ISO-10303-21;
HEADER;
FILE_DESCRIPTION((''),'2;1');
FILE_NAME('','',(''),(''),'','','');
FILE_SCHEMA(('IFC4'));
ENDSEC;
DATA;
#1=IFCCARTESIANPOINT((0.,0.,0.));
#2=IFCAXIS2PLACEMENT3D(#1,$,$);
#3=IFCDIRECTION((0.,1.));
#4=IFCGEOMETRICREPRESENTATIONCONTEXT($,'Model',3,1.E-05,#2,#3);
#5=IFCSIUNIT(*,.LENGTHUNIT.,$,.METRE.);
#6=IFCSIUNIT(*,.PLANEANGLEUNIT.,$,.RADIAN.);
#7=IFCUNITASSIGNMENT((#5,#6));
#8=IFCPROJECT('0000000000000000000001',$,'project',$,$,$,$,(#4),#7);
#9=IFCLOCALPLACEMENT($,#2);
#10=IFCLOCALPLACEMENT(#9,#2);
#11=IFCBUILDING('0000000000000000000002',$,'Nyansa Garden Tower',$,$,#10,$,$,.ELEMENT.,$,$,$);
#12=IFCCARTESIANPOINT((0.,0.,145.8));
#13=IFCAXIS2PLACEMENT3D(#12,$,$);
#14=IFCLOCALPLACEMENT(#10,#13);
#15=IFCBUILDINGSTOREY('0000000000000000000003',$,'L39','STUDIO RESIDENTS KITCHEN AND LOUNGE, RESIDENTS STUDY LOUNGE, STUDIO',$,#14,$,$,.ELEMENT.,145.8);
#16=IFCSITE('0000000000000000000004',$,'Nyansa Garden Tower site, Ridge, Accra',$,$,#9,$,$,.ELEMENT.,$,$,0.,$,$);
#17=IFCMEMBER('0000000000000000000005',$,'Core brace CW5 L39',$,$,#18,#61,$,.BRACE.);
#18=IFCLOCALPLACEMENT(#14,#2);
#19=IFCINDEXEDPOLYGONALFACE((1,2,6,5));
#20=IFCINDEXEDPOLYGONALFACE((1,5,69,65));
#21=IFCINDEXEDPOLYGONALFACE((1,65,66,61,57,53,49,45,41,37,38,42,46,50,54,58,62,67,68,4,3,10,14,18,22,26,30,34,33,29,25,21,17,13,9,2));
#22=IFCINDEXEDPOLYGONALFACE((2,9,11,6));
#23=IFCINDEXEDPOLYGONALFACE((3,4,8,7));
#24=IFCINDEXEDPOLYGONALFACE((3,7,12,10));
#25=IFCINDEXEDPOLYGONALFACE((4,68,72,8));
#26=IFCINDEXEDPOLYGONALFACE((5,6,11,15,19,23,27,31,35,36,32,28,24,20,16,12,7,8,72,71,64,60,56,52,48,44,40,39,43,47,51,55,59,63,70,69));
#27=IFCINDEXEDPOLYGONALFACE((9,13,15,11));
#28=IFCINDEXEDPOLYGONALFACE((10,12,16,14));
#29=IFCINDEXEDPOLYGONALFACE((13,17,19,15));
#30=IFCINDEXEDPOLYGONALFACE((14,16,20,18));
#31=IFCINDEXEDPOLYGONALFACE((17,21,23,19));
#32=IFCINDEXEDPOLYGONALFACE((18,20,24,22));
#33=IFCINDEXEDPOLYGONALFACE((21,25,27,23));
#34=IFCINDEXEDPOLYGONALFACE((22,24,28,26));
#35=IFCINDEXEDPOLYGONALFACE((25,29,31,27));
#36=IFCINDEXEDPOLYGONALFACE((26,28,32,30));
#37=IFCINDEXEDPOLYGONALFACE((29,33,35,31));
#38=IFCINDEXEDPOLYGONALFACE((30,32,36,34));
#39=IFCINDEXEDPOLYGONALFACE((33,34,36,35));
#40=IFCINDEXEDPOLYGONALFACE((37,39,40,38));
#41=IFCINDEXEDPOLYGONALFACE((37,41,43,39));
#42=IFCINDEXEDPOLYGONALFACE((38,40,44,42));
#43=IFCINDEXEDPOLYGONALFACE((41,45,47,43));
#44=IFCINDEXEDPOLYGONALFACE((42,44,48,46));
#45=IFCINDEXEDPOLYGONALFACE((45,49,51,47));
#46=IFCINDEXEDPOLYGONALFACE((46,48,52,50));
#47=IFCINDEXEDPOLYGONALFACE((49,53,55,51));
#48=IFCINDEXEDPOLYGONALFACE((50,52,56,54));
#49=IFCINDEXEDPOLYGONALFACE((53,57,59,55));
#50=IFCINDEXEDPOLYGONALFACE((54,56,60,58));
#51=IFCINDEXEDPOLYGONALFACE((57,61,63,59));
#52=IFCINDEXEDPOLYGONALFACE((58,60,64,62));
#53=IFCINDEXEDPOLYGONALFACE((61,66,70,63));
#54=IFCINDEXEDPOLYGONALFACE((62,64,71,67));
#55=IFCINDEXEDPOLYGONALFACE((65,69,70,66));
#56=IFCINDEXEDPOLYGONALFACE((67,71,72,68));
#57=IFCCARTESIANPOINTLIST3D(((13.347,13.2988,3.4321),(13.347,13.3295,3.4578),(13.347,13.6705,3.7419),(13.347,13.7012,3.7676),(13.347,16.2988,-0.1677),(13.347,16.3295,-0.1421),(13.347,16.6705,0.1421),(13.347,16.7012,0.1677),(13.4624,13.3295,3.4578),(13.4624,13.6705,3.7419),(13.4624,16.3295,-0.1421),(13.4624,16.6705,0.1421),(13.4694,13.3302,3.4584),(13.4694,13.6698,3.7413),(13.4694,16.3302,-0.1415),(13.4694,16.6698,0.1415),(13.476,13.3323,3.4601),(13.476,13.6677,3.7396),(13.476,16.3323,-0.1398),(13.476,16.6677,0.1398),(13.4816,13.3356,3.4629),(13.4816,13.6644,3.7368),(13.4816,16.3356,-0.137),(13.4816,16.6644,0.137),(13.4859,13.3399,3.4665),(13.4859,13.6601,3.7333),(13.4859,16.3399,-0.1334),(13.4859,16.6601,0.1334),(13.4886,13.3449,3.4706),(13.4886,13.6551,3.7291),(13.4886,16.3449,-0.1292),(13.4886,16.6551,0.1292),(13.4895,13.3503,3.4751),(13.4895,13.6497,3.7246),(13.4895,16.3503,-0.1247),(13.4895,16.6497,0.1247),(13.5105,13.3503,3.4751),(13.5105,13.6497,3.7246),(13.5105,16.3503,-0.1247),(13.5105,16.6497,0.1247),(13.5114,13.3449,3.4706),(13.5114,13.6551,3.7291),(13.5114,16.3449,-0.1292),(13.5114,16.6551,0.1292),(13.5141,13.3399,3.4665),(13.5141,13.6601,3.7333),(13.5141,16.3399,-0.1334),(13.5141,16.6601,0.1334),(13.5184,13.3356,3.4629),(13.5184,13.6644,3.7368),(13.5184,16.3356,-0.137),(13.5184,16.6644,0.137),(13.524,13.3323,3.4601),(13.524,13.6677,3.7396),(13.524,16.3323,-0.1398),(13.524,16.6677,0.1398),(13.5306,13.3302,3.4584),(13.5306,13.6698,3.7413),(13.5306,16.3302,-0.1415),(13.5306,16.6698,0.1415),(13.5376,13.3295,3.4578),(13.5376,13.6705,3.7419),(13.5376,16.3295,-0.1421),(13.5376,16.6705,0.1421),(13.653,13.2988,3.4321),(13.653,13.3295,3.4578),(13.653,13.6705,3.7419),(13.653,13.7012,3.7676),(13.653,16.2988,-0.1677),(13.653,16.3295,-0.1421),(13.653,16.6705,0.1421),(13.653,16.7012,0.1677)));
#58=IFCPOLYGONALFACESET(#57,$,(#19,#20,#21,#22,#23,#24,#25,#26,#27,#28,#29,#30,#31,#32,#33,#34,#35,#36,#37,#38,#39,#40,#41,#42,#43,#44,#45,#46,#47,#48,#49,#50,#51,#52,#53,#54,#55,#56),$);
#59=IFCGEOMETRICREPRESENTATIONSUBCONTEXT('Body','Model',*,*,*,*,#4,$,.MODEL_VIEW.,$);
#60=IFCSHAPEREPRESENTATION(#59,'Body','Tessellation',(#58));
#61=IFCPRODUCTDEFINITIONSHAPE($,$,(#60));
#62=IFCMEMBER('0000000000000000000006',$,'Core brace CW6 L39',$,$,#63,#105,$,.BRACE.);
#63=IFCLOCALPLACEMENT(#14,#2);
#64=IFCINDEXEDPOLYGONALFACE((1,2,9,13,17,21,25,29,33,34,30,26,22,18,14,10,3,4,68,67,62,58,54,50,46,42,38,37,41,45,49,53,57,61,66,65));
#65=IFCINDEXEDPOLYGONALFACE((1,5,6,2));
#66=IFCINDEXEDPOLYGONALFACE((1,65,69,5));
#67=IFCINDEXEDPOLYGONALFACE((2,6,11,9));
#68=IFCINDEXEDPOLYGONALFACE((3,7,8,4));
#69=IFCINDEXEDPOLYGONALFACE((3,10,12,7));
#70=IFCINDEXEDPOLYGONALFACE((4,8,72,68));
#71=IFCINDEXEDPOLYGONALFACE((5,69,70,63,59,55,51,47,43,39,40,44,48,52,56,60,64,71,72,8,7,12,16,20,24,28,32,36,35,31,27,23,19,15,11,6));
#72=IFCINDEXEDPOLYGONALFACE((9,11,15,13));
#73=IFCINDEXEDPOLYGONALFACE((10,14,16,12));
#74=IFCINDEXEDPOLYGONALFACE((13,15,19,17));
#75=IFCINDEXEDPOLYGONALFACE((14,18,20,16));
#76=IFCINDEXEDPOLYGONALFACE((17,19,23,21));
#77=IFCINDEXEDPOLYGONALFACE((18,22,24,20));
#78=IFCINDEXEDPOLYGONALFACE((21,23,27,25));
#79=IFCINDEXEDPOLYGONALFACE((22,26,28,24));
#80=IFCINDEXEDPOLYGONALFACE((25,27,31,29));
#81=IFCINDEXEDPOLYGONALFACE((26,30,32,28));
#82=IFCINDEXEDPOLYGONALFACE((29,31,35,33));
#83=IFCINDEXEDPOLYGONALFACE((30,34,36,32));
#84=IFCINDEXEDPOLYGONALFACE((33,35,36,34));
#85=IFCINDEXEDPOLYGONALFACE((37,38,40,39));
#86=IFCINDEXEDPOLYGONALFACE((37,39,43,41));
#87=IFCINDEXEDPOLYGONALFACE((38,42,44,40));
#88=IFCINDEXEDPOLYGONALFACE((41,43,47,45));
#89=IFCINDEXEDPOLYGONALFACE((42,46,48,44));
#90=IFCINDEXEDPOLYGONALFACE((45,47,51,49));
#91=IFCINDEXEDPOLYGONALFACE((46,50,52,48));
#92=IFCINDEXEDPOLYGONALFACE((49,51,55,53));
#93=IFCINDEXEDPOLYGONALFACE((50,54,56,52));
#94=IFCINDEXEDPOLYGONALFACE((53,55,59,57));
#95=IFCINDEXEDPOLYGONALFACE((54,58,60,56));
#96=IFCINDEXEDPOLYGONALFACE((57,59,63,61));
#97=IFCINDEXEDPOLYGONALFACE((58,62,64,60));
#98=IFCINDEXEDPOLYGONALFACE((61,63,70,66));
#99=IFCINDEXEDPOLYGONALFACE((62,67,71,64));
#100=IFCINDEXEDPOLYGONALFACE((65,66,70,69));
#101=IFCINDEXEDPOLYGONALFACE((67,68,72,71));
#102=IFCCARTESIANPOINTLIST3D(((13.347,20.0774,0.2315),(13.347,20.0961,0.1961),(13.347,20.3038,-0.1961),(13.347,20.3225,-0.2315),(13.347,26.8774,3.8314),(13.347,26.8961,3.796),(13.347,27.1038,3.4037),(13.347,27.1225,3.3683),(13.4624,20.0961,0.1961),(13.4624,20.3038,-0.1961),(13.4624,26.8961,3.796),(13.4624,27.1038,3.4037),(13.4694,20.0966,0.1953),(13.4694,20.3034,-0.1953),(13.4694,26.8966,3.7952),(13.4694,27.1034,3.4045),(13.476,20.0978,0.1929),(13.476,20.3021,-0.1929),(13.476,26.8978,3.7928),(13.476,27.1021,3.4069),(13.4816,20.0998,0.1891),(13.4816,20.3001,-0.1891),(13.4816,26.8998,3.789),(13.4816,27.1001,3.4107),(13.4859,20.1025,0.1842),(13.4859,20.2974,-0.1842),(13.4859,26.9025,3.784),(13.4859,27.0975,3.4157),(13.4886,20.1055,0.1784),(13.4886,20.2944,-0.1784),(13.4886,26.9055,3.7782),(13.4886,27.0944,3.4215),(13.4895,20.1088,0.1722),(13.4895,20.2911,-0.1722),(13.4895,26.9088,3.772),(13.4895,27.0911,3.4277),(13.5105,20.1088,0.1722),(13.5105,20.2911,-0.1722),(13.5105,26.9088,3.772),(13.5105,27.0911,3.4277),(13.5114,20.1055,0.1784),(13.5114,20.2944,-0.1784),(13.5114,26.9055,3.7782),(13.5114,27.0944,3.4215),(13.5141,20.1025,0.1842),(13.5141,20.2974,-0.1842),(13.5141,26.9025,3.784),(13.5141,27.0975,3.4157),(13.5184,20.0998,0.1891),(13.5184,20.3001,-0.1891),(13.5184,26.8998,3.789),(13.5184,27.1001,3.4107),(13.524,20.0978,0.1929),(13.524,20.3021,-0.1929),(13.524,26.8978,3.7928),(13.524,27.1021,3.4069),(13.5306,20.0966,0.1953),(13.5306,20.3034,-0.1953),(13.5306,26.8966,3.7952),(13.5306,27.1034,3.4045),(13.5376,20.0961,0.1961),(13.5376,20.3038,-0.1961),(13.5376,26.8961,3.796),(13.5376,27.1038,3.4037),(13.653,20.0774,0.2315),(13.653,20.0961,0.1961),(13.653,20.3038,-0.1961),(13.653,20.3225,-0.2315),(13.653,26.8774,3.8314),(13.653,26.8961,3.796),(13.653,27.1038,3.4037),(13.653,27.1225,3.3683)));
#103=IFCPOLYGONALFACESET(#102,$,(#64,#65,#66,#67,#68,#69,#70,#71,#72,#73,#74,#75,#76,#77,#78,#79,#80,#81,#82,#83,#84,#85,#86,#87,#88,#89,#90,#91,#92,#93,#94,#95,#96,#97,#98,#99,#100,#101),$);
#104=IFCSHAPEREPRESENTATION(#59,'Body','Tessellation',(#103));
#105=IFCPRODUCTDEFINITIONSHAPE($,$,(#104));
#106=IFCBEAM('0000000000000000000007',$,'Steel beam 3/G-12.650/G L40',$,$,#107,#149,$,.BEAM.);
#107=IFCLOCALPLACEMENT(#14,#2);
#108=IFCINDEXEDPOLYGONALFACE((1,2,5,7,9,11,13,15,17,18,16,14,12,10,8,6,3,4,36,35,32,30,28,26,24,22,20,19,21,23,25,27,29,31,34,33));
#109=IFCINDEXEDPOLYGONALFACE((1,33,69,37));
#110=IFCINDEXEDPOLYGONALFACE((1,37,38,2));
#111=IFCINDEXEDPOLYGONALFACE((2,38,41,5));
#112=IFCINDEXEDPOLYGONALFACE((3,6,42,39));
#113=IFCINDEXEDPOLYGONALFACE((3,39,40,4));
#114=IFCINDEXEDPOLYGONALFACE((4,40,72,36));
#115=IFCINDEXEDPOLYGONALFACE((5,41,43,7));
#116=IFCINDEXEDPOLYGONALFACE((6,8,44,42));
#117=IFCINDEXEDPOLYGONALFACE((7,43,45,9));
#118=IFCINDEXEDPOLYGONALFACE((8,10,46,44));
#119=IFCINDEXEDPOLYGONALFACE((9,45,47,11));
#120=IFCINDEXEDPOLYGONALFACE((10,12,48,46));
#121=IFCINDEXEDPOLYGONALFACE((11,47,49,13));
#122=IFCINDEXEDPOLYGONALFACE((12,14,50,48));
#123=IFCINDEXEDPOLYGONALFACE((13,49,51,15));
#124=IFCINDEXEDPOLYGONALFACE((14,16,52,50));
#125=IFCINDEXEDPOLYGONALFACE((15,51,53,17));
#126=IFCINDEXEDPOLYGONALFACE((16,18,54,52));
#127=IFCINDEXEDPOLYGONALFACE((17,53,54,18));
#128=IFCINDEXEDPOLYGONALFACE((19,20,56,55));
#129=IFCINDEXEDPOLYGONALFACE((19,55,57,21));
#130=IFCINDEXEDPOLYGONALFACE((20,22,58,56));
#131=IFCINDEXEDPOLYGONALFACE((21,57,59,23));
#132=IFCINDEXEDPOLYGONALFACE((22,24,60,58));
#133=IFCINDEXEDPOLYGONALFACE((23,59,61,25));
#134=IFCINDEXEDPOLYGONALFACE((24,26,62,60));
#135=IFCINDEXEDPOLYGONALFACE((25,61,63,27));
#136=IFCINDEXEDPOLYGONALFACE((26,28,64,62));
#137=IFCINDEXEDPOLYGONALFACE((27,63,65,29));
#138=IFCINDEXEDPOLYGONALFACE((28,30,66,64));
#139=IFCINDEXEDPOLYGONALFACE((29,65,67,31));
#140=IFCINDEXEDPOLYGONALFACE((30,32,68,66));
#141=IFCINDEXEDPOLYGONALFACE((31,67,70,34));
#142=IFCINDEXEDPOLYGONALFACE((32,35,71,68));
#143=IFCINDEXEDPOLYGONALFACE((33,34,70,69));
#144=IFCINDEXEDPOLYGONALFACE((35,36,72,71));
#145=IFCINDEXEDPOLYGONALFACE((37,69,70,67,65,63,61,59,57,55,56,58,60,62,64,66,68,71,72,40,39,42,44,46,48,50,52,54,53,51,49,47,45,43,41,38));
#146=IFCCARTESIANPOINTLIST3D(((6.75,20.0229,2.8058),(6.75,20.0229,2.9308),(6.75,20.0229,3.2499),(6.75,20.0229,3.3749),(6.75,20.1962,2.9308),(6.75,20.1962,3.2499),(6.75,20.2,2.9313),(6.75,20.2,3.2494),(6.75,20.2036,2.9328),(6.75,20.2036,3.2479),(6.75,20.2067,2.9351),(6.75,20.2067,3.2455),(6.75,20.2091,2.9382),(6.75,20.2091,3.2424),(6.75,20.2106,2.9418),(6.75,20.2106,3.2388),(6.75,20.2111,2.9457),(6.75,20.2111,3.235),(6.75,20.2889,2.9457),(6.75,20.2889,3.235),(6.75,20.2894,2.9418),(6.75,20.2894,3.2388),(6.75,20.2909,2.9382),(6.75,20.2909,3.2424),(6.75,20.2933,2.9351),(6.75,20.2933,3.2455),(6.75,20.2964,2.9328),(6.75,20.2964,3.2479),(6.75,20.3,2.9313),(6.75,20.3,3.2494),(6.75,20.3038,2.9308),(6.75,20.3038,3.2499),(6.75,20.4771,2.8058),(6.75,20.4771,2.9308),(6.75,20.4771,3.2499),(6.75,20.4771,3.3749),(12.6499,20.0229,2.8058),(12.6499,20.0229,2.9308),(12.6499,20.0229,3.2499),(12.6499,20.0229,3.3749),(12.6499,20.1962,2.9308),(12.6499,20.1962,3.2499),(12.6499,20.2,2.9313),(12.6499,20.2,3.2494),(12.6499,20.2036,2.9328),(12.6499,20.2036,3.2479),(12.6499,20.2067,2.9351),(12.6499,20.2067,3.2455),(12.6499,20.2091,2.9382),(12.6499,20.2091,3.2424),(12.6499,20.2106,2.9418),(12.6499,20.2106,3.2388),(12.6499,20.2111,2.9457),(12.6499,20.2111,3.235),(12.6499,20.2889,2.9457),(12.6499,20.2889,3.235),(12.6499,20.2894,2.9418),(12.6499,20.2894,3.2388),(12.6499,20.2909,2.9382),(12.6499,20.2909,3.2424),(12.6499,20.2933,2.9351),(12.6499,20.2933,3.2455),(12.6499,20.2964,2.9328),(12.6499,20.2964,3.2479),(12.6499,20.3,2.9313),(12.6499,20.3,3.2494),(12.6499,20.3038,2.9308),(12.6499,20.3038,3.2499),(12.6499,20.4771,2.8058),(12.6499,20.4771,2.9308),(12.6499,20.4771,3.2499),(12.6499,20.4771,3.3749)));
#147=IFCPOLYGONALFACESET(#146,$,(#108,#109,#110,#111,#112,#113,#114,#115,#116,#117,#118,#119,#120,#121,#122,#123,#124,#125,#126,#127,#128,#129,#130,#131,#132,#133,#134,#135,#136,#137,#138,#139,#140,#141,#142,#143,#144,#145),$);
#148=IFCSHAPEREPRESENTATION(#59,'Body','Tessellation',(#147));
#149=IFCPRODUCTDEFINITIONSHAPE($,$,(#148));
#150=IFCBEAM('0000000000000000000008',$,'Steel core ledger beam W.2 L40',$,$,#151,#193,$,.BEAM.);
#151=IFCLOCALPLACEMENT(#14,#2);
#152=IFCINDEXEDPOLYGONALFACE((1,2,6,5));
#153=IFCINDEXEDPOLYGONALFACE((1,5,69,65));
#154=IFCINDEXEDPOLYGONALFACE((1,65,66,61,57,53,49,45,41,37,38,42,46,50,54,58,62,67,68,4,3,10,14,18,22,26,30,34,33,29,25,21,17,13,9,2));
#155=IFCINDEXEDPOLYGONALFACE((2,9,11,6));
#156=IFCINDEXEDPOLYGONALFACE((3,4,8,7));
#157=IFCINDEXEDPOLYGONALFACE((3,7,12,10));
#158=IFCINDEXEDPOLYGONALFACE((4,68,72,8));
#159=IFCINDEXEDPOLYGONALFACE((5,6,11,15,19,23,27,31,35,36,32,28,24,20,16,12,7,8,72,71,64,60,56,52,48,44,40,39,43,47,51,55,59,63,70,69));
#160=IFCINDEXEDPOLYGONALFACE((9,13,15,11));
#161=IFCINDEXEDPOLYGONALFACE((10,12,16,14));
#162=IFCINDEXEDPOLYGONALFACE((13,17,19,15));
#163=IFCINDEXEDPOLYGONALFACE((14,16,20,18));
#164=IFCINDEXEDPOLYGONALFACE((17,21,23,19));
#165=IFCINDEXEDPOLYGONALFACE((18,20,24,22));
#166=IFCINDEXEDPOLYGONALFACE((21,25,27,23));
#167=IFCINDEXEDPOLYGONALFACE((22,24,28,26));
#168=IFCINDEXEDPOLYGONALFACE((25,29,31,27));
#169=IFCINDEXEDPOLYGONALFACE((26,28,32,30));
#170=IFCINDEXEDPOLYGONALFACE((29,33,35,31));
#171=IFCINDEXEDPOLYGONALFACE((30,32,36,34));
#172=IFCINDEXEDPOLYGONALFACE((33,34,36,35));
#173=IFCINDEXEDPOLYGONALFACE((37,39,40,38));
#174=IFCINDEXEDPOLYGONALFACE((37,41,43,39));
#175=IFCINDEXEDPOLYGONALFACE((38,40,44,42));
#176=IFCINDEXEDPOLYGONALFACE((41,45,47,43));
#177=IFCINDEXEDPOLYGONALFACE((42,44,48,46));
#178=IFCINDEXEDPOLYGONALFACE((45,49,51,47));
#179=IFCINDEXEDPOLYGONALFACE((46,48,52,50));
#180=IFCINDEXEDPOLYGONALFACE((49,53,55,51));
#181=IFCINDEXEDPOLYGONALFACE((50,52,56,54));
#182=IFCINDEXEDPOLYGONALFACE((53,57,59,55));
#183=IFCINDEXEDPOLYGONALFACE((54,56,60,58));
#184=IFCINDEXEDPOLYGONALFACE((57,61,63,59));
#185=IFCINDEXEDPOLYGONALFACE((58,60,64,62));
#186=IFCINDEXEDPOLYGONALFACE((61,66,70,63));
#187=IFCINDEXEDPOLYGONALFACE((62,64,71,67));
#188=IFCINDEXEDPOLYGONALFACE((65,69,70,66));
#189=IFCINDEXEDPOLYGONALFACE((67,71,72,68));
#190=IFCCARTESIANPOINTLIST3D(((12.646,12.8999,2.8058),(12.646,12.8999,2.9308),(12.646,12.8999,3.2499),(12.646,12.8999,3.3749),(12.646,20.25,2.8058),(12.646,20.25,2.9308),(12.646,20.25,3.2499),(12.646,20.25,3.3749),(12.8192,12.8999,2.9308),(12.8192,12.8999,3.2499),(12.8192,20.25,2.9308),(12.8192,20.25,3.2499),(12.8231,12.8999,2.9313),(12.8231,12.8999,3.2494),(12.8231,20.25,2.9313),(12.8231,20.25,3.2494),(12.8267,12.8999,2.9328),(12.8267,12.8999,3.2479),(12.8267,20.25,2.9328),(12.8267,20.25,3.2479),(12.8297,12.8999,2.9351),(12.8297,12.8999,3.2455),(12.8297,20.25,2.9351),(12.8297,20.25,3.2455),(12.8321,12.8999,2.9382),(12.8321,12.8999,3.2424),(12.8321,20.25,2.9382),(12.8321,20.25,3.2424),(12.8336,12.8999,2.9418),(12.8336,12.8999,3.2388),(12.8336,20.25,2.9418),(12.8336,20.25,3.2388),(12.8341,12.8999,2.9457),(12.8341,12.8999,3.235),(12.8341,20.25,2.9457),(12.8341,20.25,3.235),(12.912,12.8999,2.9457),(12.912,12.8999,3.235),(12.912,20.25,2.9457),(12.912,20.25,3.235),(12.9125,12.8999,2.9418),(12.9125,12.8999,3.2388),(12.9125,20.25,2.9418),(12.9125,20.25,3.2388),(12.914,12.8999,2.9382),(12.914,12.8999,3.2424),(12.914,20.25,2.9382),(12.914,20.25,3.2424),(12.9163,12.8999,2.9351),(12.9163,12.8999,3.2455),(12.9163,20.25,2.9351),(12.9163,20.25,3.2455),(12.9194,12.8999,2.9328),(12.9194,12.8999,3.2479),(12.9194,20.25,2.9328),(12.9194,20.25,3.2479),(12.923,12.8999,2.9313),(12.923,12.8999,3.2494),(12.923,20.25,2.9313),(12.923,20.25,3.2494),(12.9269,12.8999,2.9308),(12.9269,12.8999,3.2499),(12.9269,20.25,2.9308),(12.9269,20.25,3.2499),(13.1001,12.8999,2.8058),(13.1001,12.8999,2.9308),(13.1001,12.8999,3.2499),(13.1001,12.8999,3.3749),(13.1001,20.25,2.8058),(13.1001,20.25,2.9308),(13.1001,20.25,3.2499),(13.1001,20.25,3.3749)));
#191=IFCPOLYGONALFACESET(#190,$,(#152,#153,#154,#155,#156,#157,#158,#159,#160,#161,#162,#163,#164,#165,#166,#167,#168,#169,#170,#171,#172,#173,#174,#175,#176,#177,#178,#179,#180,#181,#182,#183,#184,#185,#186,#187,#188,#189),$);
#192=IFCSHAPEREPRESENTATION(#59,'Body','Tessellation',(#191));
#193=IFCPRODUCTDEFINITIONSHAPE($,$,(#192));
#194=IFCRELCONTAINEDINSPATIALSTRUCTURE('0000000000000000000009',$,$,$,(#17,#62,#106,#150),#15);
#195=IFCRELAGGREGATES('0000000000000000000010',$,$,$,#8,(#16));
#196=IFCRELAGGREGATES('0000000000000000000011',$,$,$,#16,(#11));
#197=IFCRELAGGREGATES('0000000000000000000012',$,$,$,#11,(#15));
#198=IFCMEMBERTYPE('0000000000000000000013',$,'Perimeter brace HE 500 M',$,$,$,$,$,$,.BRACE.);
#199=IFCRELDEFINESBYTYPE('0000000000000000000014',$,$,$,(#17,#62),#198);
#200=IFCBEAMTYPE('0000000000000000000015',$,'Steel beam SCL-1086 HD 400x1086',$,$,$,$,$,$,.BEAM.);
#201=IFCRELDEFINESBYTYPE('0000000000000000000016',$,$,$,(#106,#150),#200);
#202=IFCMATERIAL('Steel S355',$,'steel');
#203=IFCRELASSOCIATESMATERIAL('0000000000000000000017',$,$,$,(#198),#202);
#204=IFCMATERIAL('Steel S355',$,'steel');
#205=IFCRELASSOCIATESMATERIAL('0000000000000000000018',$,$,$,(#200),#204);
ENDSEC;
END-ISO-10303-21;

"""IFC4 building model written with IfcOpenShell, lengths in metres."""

from ifc_helpers import new_model, si_unit, direction, frame, origin, origin_2d, place, context, subcontext, project, spatial, i_section, extrude, material, material_profile, profile_set, type_object, element, save


model = new_model("IFC4")

# Units and contexts
model_context = context("Model", 3, precision=1e-05, world=origin(), true_north=direction((0.0, 1.0)))
body_context = subcontext(model_context, "Body", "Model", "MODEL_VIEW")
ifc_project = project(units=[si_unit("LENGTHUNIT", "METRE"), si_unit("PLANEANGLEUNIT", "RADIAN")], contexts=[model_context])

# Site, building, storey
site_placement = place(None, origin())
site = spatial("IfcSite", under=ifc_project, at=site_placement, Name="Nyansa Garden Tower site, Ridge, Accra", CompositionType="ELEMENT", RefElevation=0.0)
building_placement = place(site_placement, origin())
building = spatial("IfcBuilding", under=site, at=building_placement, Name="Nyansa Garden Tower", CompositionType="ELEMENT")
storey_placement = place(building_placement, frame((0.0, 0.0, 145.8)))
storey = spatial("IfcBuildingStorey", under=building, at=storey_placement, Name="L39", Description="STUDIO RESIDENTS KITCHEN AND LOUNGE, RESIDENTS STUDY LOUNGE, STUDIO", CompositionType="ELEMENT", Elevation=145.8)

# Members
ifc_material_1 = material(Name="Steel S355", Category="steel")
ifc_material_profile_1 = material_profile(ifc_material_1, i_section(OverallWidth=0.3059, OverallDepth=0.5239, WebThickness=0.021, FlangeThickness=0.04, FilletRadius=0.0271, at=origin_2d()), Name="HE 500 M")
ifc_profile_set_1 = profile_set([ifc_material_profile_1], Name="Steel S355")
member_type = type_object("IfcMemberType", Name="Perimeter brace HE 500 M", PredefinedType="BRACE", material=ifc_profile_set_1)
member_1_placement = place(storey_placement, frame((13.5, 16.5, 0.0), z_axis=(0.0, -0.6402, 0.768208), x_axis=(1.0, 0.0, 0.0)))
element("IfcMember", 1, at=member_1_placement, inside=storey, type_object=member_type, Name="Core brace CW5 L39", PredefinedType="BRACE", context=body_context, shape_type="SweptSolid", body=[
    extrude(i_section(OverallWidth=0.3059, OverallDepth=0.5239, WebThickness=0.021, FlangeThickness=0.04, FilletRadius=0.0271, at=origin_2d()), origin(), (0.0, 0.0, 1.0), 4.686),
])
member_2_placement = place(storey_placement, frame((13.5, 20.2, 0.0), z_axis=(0.0, 0.883797, 0.46787), x_axis=(-1.0, 0.0, 0.0)))
element("IfcMember", 2, at=member_2_placement, inside=storey, type_object=member_type, Name="Core brace CW6 L39", PredefinedType="BRACE", context=body_context, shape_type="SweptSolid", body=[
    extrude(i_section(OverallWidth=0.3059, OverallDepth=0.5239, WebThickness=0.021, FlangeThickness=0.04, FilletRadius=0.0271, at=origin_2d()), origin(), (0.0, 0.0, 1.0), 7.6941),
])

# Beams
ifc_material_2 = material(Name="Steel S355", Category="steel")
ifc_material_profile_2 = material_profile(ifc_material_2, i_section(OverallWidth=0.4541, OverallDepth=0.5691, WebThickness=0.0779, FlangeThickness=0.125, FilletRadius=0.0149, at=origin_2d()), Name="HD 400x1086")
ifc_profile_set_2 = profile_set([ifc_material_profile_2], Name="Steel S355")
beam_type = type_object("IfcBeamType", Name="Steel beam SCL-1086 HD 400x1086", PredefinedType="BEAM", material=ifc_profile_set_2)
beam_1_placement = place(storey_placement, frame((6.75, 20.25, 3.0903), z_axis=(1.0, 0.0, 0.0), x_axis=(0.0, 1.0, 0.0)))
element("IfcBeam", 3, at=beam_1_placement, inside=storey, type_object=beam_type, Name="Steel beam 3/G-12.650/G L40", PredefinedType="BEAM", context=body_context, shape_type="SweptSolid", body=[
    extrude(i_section(OverallWidth=0.4541, OverallDepth=0.5691, WebThickness=0.0779, FlangeThickness=0.125, FilletRadius=0.0149, at=origin_2d()), origin(), (0.0, 0.0, 1.0), 5.8999),
])
beam_2_placement = place(storey_placement, frame((12.873, 20.25, 3.0903), z_axis=(0.0, -1.0, 0.0), x_axis=(1.0, 0.0, 0.0)))
element("IfcBeam", 4, at=beam_2_placement, inside=storey, type_object=beam_type, Name="Steel core ledger beam W.2 L40", PredefinedType="BEAM", context=body_context, shape_type="SweptSolid", body=[
    extrude(i_section(OverallWidth=0.4541, OverallDepth=0.5691, WebThickness=0.0779, FlangeThickness=0.125, FilletRadius=0.0149, at=origin_2d()), origin(), (0.0, 0.0, 1.0), 7.3501),
])

save(model, "model.ifc")
